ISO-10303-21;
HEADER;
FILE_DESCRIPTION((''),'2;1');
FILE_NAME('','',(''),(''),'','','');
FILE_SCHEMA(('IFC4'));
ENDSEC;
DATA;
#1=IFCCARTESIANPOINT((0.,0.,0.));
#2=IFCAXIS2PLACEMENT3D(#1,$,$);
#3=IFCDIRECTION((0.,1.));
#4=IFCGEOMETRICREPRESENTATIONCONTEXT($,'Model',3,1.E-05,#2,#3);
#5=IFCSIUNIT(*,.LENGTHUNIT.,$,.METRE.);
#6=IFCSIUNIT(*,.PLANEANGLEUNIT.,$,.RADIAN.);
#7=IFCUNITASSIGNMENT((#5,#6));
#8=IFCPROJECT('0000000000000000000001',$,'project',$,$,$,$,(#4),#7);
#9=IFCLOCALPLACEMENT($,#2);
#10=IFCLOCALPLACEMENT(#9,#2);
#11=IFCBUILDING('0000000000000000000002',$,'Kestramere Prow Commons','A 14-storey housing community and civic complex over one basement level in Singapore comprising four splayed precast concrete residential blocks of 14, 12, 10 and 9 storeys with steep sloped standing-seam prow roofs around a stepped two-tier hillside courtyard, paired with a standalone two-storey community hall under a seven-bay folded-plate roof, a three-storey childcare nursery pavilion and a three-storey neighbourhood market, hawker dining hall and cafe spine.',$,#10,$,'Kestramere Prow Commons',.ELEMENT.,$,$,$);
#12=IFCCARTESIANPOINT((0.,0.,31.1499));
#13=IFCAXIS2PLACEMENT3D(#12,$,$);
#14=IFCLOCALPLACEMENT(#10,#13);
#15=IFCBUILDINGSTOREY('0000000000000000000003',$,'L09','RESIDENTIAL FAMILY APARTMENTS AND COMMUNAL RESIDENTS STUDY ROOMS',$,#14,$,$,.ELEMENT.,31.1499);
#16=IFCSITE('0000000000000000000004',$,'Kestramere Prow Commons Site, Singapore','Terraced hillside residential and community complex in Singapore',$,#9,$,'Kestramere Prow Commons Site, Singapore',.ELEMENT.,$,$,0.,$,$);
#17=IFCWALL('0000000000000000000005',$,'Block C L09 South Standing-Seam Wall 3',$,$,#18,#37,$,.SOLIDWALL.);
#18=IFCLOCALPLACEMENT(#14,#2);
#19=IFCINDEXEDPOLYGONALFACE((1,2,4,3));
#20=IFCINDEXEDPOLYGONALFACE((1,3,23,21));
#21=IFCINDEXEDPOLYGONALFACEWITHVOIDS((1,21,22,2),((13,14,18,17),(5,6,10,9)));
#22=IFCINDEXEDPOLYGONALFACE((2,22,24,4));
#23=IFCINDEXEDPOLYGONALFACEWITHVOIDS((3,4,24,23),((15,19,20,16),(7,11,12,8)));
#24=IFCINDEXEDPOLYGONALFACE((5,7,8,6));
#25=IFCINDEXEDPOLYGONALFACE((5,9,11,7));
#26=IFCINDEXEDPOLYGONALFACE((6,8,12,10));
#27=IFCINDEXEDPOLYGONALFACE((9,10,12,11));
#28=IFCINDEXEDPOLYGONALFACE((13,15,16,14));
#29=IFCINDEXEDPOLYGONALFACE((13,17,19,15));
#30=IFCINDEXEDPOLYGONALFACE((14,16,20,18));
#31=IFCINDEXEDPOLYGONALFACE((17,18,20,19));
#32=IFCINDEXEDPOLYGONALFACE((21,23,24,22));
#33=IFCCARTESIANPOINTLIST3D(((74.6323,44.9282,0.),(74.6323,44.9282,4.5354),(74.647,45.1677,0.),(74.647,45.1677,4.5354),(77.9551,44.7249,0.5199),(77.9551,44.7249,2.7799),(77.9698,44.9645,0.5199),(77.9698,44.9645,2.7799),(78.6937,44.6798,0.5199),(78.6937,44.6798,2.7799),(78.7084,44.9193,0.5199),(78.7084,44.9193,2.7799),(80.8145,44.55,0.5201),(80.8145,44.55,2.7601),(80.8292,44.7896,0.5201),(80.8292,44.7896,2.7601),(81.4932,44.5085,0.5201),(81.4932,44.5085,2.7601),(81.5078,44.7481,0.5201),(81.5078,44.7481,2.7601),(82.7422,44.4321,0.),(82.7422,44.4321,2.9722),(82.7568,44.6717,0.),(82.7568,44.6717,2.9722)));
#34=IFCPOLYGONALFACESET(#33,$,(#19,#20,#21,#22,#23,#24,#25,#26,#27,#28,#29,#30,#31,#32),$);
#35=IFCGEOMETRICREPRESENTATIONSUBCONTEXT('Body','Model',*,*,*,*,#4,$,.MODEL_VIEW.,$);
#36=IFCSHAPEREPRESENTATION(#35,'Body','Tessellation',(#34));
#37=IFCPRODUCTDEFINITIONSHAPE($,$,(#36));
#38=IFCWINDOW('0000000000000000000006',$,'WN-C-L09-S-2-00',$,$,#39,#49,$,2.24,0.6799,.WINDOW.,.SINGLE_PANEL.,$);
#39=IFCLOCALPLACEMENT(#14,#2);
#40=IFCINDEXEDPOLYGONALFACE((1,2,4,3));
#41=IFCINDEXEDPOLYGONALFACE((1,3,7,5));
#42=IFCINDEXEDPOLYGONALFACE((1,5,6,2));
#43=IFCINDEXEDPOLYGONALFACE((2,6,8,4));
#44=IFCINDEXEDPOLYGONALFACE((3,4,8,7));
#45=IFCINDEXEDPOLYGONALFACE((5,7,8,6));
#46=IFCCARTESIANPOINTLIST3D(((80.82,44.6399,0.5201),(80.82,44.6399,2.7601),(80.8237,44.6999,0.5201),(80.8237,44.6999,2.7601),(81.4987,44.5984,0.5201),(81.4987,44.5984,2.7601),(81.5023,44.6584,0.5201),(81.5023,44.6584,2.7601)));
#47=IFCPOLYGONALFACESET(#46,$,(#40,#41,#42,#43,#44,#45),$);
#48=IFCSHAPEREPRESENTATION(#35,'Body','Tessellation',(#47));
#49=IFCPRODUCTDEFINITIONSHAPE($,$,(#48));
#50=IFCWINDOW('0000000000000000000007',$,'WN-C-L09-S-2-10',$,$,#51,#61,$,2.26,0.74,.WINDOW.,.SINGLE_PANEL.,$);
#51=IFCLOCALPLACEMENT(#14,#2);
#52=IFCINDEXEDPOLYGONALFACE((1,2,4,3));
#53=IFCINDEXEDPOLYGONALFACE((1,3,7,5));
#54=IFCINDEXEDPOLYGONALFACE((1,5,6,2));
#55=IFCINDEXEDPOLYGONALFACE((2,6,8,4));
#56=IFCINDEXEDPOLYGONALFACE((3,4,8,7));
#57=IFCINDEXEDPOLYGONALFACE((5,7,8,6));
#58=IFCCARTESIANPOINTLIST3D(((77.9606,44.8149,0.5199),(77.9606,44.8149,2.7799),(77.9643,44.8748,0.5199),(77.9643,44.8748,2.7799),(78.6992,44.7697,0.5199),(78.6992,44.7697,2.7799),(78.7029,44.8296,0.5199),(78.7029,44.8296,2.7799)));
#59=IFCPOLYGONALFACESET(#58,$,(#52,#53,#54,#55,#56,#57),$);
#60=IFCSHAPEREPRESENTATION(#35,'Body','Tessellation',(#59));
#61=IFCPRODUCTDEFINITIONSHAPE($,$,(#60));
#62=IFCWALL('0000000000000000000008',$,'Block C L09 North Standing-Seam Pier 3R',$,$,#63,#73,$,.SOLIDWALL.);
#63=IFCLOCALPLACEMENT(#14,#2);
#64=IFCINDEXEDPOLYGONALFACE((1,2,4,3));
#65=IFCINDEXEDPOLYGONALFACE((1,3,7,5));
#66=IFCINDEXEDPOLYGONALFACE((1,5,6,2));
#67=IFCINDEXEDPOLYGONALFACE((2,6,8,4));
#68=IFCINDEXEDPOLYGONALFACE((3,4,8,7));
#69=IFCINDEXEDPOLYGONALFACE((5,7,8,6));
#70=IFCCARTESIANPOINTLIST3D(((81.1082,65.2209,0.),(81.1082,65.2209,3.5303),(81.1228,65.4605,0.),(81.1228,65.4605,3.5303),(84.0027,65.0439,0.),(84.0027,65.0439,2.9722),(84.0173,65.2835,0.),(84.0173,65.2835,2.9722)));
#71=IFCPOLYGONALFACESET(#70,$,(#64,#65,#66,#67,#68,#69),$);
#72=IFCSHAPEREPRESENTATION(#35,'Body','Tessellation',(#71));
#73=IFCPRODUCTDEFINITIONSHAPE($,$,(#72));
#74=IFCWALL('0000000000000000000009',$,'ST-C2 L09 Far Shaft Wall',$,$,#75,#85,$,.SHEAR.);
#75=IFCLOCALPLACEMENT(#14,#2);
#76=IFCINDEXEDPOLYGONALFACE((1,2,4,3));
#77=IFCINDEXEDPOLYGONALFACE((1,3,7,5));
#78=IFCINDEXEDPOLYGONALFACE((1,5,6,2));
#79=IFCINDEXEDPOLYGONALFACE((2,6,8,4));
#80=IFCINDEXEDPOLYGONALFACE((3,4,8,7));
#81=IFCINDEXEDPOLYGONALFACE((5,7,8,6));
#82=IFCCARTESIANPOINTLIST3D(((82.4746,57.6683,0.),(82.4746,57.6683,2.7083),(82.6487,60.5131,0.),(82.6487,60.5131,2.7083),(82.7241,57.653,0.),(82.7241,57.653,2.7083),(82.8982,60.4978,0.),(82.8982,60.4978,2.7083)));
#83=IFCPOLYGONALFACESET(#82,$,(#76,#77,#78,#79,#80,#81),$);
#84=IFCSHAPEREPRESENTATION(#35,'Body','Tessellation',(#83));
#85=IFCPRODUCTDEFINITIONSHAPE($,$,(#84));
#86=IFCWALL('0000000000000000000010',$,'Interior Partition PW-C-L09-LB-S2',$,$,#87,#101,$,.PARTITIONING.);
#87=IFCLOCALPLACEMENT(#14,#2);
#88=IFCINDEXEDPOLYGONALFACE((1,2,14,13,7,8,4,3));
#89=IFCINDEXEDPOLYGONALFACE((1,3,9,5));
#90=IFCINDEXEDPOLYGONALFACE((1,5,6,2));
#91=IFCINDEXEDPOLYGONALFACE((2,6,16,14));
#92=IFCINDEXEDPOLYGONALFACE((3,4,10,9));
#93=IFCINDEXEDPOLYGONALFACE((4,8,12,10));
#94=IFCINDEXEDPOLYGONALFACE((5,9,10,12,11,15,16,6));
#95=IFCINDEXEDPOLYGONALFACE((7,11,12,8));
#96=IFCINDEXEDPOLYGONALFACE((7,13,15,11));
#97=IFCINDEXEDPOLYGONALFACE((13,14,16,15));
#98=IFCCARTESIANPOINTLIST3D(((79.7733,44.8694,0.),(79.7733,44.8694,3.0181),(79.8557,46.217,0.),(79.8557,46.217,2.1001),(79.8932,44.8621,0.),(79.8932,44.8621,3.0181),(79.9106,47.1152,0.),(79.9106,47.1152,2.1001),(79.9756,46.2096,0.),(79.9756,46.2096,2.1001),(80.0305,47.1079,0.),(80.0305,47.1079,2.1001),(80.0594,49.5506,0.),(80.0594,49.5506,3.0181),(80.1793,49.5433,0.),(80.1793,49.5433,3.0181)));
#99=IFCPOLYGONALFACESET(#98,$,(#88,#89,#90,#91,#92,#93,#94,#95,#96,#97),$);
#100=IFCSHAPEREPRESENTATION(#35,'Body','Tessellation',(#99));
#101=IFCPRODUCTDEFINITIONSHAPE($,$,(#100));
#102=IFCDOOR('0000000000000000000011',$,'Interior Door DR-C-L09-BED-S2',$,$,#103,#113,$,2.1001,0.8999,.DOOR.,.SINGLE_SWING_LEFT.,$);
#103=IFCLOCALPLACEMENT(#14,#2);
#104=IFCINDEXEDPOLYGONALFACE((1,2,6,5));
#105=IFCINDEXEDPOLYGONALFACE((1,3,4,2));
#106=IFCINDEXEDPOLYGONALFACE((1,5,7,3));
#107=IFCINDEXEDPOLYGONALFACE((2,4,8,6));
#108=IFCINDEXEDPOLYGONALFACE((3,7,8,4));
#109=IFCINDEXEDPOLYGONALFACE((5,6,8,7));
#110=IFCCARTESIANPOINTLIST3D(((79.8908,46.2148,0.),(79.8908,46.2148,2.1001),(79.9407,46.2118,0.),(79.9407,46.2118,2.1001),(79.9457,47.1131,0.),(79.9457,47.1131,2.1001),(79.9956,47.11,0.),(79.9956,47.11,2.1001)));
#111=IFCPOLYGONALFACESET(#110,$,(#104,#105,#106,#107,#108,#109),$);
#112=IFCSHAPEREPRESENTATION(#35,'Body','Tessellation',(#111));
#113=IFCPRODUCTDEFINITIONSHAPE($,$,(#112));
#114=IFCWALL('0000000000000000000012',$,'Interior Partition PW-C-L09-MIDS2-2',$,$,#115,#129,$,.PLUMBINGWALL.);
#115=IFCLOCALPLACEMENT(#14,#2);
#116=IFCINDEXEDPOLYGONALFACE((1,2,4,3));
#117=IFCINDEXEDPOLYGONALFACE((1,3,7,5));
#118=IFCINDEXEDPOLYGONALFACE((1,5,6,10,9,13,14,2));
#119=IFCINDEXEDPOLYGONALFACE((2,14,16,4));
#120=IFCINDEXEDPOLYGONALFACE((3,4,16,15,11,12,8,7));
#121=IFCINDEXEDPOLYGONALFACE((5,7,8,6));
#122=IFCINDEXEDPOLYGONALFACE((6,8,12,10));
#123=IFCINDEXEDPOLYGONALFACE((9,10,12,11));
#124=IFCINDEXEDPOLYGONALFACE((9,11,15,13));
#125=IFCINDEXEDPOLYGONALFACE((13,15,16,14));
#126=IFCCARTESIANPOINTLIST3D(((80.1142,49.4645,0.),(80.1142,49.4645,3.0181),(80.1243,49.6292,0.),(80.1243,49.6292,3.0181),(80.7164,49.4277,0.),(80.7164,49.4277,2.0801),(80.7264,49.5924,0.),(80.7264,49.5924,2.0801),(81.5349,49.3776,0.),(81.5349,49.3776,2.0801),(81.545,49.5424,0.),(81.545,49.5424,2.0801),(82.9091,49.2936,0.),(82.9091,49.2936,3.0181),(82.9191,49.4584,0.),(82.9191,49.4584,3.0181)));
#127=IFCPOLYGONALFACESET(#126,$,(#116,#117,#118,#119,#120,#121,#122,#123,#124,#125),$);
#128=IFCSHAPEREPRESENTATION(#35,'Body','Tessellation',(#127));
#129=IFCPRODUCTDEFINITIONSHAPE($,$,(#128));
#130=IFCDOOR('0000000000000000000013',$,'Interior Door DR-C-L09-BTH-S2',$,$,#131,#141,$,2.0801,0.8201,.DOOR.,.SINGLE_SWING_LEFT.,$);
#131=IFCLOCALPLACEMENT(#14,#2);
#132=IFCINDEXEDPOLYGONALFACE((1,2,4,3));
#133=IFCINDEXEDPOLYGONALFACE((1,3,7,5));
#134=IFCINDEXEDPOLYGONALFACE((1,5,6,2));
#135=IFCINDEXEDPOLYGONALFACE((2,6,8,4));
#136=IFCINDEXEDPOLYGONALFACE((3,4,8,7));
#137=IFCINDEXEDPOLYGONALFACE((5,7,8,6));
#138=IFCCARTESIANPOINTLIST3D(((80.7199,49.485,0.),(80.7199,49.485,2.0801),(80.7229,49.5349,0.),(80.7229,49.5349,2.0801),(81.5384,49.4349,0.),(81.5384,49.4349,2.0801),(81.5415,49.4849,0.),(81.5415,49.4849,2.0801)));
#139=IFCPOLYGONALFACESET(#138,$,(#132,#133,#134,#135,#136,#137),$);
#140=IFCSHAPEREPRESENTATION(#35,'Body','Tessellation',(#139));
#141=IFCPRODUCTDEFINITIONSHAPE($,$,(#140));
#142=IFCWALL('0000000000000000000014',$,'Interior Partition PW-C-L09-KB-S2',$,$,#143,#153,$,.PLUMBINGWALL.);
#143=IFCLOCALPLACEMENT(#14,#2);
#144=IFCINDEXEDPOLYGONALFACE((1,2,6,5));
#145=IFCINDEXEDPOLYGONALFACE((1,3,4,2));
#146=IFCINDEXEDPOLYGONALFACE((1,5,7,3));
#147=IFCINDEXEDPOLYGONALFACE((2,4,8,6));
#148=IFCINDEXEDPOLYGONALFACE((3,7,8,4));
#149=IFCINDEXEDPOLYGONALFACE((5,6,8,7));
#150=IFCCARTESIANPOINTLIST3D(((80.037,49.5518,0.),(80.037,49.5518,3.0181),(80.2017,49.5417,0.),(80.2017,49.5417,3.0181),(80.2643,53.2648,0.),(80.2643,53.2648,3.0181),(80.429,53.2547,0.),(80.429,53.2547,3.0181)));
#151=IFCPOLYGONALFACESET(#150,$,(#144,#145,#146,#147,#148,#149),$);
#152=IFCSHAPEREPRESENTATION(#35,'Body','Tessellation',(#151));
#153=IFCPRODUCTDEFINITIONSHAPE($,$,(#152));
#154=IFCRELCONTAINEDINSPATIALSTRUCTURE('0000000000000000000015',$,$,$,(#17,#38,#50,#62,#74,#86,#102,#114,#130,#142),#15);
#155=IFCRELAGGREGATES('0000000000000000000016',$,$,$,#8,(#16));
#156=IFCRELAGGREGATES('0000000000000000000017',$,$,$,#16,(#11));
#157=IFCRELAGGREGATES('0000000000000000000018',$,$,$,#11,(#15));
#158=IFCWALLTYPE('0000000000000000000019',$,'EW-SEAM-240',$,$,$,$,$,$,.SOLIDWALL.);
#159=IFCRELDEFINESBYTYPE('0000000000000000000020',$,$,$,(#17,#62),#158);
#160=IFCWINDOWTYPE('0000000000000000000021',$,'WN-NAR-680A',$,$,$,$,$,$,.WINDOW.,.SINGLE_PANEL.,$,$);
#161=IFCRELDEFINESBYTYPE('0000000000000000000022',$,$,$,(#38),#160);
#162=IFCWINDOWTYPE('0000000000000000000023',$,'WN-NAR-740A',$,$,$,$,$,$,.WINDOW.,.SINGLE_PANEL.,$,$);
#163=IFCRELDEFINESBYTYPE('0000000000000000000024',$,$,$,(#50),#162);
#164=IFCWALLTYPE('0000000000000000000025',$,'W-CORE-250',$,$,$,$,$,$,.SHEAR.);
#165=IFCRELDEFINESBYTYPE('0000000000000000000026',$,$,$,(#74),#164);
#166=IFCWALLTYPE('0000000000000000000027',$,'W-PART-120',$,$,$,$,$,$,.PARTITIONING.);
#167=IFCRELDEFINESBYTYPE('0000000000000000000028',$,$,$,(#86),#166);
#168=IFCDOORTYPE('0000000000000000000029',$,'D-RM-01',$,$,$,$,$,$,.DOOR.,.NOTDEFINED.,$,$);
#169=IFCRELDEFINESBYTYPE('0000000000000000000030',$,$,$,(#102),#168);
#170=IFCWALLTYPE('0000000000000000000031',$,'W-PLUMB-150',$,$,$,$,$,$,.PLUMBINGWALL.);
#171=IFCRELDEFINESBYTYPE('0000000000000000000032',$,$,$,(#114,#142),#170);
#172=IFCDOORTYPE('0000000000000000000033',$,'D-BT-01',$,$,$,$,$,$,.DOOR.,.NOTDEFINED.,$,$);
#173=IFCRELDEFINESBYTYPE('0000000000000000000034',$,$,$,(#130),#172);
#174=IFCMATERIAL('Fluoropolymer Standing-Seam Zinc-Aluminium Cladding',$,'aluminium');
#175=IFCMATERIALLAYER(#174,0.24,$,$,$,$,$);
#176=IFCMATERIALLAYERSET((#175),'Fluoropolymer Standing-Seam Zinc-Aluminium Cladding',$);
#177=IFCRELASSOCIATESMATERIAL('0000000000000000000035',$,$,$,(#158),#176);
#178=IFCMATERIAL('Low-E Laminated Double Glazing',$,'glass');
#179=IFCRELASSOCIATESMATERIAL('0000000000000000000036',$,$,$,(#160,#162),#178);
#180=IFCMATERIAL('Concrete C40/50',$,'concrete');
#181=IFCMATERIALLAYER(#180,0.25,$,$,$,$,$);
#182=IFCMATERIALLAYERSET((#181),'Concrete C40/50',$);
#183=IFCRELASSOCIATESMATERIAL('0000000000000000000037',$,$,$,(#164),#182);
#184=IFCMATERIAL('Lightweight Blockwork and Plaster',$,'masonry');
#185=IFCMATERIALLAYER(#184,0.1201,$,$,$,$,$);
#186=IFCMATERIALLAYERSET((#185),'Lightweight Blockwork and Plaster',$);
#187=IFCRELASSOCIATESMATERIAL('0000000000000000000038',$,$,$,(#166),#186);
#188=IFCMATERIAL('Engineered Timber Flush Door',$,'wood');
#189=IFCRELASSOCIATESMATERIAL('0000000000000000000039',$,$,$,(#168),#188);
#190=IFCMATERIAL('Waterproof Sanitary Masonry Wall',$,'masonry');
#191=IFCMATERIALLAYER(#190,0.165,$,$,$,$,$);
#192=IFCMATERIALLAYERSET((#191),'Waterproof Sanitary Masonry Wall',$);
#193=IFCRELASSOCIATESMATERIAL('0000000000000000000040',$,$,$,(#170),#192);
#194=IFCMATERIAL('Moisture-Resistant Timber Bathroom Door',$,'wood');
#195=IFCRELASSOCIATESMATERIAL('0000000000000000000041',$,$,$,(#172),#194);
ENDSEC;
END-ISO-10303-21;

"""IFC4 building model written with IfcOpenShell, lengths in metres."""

from ifc_helpers import new_model, si_unit, direction, frame, frame_2d, origin, place, context, subcontext, project, spatial, polyline, rectangle, outline, extrude, material, layer, layer_set, type_object, element, fill, save


model = new_model("IFC4")

# Units and contexts
model_context = context("Model", 3, precision=1e-05, world=origin(), true_north=direction((0.0, 1.0)))
body_context = subcontext(model_context, "Body", "Model", "MODEL_VIEW")
ifc_project = project(units=[si_unit("LENGTHUNIT", "METRE"), si_unit("PLANEANGLEUNIT", "RADIAN")], contexts=[model_context])

# Site, building, storey
site_placement = place(None, origin())
site = spatial("IfcSite", under=ifc_project, at=site_placement, Name="Kestramere Prow Commons Site, Singapore", Description="Terraced hillside residential and community complex in Singapore", LongName="Kestramere Prow Commons Site, Singapore", CompositionType="ELEMENT", RefElevation=0.0)
building_placement = place(site_placement, origin())
building = spatial("IfcBuilding", under=site, at=building_placement, Name="Kestramere Prow Commons", Description="A 14-storey housing community and civic complex over one basement level in Singapore comprising four splayed precast concrete residential blocks of 14, 12, 10 and 9 storeys with steep sloped standing-seam prow roofs around a stepped two-tier hillside courtyard, paired with a standalone two-storey community hall under a seven-bay folded-plate roof, a three-storey childcare nursery pavilion and a three-storey neighbourhood market, hawker dining hall and cafe spine.", LongName="Kestramere Prow Commons", CompositionType="ELEMENT")
storey_placement = place(building_placement, frame((0.0, 0.0, 31.1499)))
storey = spatial("IfcBuildingStorey", under=building, at=storey_placement, Name="L09", Description="RESIDENTIAL FAMILY APARTMENTS AND COMMUNAL RESIDENTS STUDY ROOMS", CompositionType="ELEMENT", Elevation=31.1499)

# Shared definitions
ifc_material_1 = material(Name="Low-E Laminated Double Glazing", Category="glass")

# Wall, openings, windows
ifc_material_2 = material(Name="Fluoropolymer Standing-Seam Zinc-Aluminium Cladding", Category="aluminium")
ifc_layer_1 = layer(ifc_material_2, 0.24)
ifc_layer_set_1 = layer_set([ifc_layer_1], Name="Fluoropolymer Standing-Seam Zinc-Aluminium Cladding")
wall_type_1 = type_object("IfcWallType", Name="EW-SEAM-240", PredefinedType="SOLIDWALL", material=ifc_layer_set_1)
wall_1_placement = place(storey_placement, frame((82.7495, 44.552, 0.0), z_axis=(0.0, 0.0, 1.0), x_axis=(-0.998134, 0.061058, 0.0)))
wall_1 = element("IfcWall", 1, at=wall_1_placement, inside=storey, type_object=wall_type_1, Name="Block C L09 South Standing-Seam Wall 3", PredefinedType="SOLIDWALL", context=body_context, shape_type="SweptSolid", body=[
    extrude(outline(polyline([(0.0, 0.0), (8.125, 0.0), (8.125, 4.5354), (0.0, 2.9722), (0.0, 0.0)])), frame((0.0, 0.1201, 0.0), z_axis=(0.0, -1.0, 0.0), x_axis=(1.0, 0.0, 0.0)), (0.0, 0.0, 1.0), 0.24),
])
opening_1_placement = place(wall_1_placement, frame((1.2515, 0.0, 0.52)))
opening_1 = element("IfcOpeningElement", 2, at=opening_1_placement, cuts=wall_1, PredefinedType="OPENING", context=body_context, shape_type="SweptSolid", body=[
    extrude(rectangle(XDim=0.6799, YDim=2.24, at=frame_2d((0.3398, 1.1201))), frame((0.0, 0.135, 0.0), z_axis=(0.0, -1.0, 0.0), x_axis=(1.0, 0.0, 0.0)), (0.0, 0.0, 1.0), 0.27),
])
opening_2_placement = place(wall_1_placement, frame((4.0559, 0.0, 0.52)))
opening_2 = element("IfcOpeningElement", 3, at=opening_2_placement, cuts=wall_1, PredefinedType="OPENING", context=body_context, shape_type="SweptSolid", body=[
    extrude(rectangle(XDim=0.74, YDim=2.26, at=frame_2d((0.3701, 1.1299))), frame((0.0, 0.135, 0.0), z_axis=(0.0, -1.0, 0.0), x_axis=(1.0, 0.0, 0.0)), (0.0, 0.0, 1.0), 0.27),
])
window_type_1 = type_object("IfcWindowType", Name="WN-NAR-680A", PartitioningType="SINGLE_PANEL", PredefinedType="WINDOW", material=ifc_material_1)
window_1_placement = place(opening_1_placement, origin())
window_1 = element("IfcWindow", 4, at=window_1_placement, inside=storey, type_object=window_type_1, Name="WN-C-L09-S-2-00", OverallHeight=2.24, OverallWidth=0.6799, PartitioningType="SINGLE_PANEL", PredefinedType="WINDOW", context=body_context, shape_type="SweptSolid", body=[
    extrude(rectangle(XDim=0.6799, YDim=2.24, at=frame_2d((0.3398, 1.1201))), frame((0.0, 0.03, 0.0), z_axis=(0.0, -1.0, 0.0), x_axis=(1.0, 0.0, 0.0)), (0.0, 0.0, 1.0), 0.0601),
])
fill(opening_1, window_1)
window_type_2 = type_object("IfcWindowType", Name="WN-NAR-740A", PartitioningType="SINGLE_PANEL", PredefinedType="WINDOW", material=ifc_material_1)
window_2_placement = place(opening_2_placement, origin())
window_2 = element("IfcWindow", 5, at=window_2_placement, inside=storey, type_object=window_type_2, Name="WN-C-L09-S-2-10", OverallHeight=2.26, OverallWidth=0.74, PartitioningType="SINGLE_PANEL", PredefinedType="WINDOW", context=body_context, shape_type="SweptSolid", body=[
    extrude(rectangle(XDim=0.74, YDim=2.26, at=frame_2d((0.3701, 1.1299))), frame((0.0, 0.03, 0.0), z_axis=(0.0, -1.0, 0.0), x_axis=(1.0, 0.0, 0.0)), (0.0, 0.0, 1.0), 0.0601),
])
fill(opening_2, window_2)

# Walls
wall_2_placement = place(storey_placement, frame((81.1155, 65.3406, 0.0), z_axis=(0.0, 0.0, 1.0), x_axis=(0.998136, -0.061036, 0.0)))
element("IfcWall", 6, at=wall_2_placement, inside=storey, type_object=wall_type_1, Name="Block C L09 North Standing-Seam Pier 3R", PredefinedType="SOLIDWALL", context=body_context, shape_type="SweptSolid", body=[
    extrude(outline(polyline([(0.0, 0.0), (2.8999, 0.0), (2.8999, 2.9722), (0.0, 3.5303), (0.0, 0.0)])), frame((0.0, 0.1201, 0.0), z_axis=(0.0, -1.0, 0.0), x_axis=(1.0, 0.0, 0.0)), (0.0, 0.0, 1.0), 0.24),
])
ifc_material_3 = material(Name="Concrete C40/50", Category="concrete")
ifc_layer_2 = layer(ifc_material_3, 0.25)
ifc_layer_set_2 = layer_set([ifc_layer_2], Name="Concrete C40/50")
wall_type_2 = type_object("IfcWallType", Name="W-CORE-250", PredefinedType="SHEAR", material=ifc_layer_set_2)
wall_3_placement = place(storey_placement, frame((82.5994, 57.6606, 0.0), z_axis=(0.0, 0.0, 1.0), x_axis=(0.061077, 0.998133, 0.0)))
element("IfcWall", 7, at=wall_3_placement, inside=storey, type_object=wall_type_2, Name="ST-C2 L09 Far Shaft Wall", PredefinedType="SHEAR", context=body_context, shape_type="SweptSolid", body=[
    extrude(rectangle(XDim=2.8501, YDim=0.25, at=frame_2d((1.425, 0.0))), origin(), (0.0, 0.0, 1.0), 2.7083),
])

# Walls, openings, doors
ifc_material_4 = material(Name="Lightweight Blockwork and Plaster", Category="masonry")
ifc_layer_3 = layer(ifc_material_4, 0.1201)
ifc_layer_set_3 = layer_set([ifc_layer_3], Name="Lightweight Blockwork and Plaster")
wall_type_3 = type_object("IfcWallType", Name="W-PART-120", PredefinedType="PARTITIONING", material=ifc_layer_set_3)
wall_4_placement = place(storey_placement, frame((79.8333, 44.8657, 0.0), z_axis=(0.0, 0.0, 1.0), x_axis=(0.061011, 0.998137, 0.0)))
wall_4 = element("IfcWall", 8, at=wall_4_placement, inside=storey, type_object=wall_type_3, Name="Interior Partition PW-C-L09-LB-S2", PredefinedType="PARTITIONING", context=body_context, shape_type="SweptSolid", body=[
    extrude(rectangle(XDim=4.6899, YDim=0.1201, at=frame_2d((2.345, 0.0))), origin(), (0.0, 0.0, 1.0), 3.0181),
])
opening_3_placement = place(wall_4_placement, frame((1.3501, 0.0, 0.0)))
opening_3 = element("IfcOpeningElement", 9, at=opening_3_placement, cuts=wall_4, PredefinedType="OPENING", context=body_context, shape_type="SweptSolid", body=[
    extrude(rectangle(XDim=0.8999, YDim=2.1001, at=frame_2d((0.45, 1.05))), frame((0.0, 0.075, 0.0), z_axis=(0.0, -1.0, 0.0), x_axis=(1.0, 0.0, 0.0)), (0.0, 0.0, 1.0), 0.1501),
])
ifc_material_5 = material(Name="Engineered Timber Flush Door", Category="wood")
door_type_1 = type_object("IfcDoorType", Name="D-RM-01", OperationType="NOTDEFINED", PredefinedType="DOOR", material=ifc_material_5)
door_1_placement = place(opening_3_placement, origin())
door_1 = element("IfcDoor", 10, at=door_1_placement, inside=storey, type_object=door_type_1, Name="Interior Door DR-C-L09-BED-S2", OperationType="SINGLE_SWING_LEFT", OverallHeight=2.1001, OverallWidth=0.8999, PredefinedType="DOOR", context=body_context, shape_type="SweptSolid", body=[
    extrude(rectangle(XDim=0.8999, YDim=2.1001, at=frame_2d((0.45, 1.05))), frame((0.0, 0.0249, 0.0), z_axis=(0.0, -1.0, 0.0), x_axis=(1.0, 0.0, 0.0)), (0.0, 0.0, 1.0), 0.05),
])
fill(opening_3, door_1)
ifc_material_6 = material(Name="Waterproof Sanitary Masonry Wall", Category="masonry")
ifc_layer_4 = layer(ifc_material_6, 0.165)
ifc_layer_set_4 = layer_set([ifc_layer_4], Name="Waterproof Sanitary Masonry Wall")
wall_type_4 = type_object("IfcWallType", Name="W-PLUMB-150", PredefinedType="PLUMBINGWALL", material=ifc_layer_set_4)
wall_5_placement = place(storey_placement, frame((80.1194, 49.5469, 0.0), z_axis=(0.0, 0.0, 1.0), x_axis=(0.998136, -0.061032, 0.0)))
wall_5 = element("IfcWall", 11, at=wall_5_placement, inside=storey, type_object=wall_type_4, Name="Interior Partition PW-C-L09-MIDS2-2", PredefinedType="PLUMBINGWALL", context=body_context, shape_type="SweptSolid", body=[
    extrude(rectangle(XDim=2.8, YDim=0.165, at=frame_2d((1.3999, 0.0))), origin(), (0.0, 0.0, 1.0), 3.0181),
])
opening_4_placement = place(wall_5_placement, frame((0.603, 0.0, 0.0)))
opening_4 = element("IfcOpeningElement", 12, at=opening_4_placement, cuts=wall_5, PredefinedType="OPENING", context=body_context, shape_type="SweptSolid", body=[
    extrude(rectangle(XDim=0.8201, YDim=2.0801, at=frame_2d((0.4102, 1.04))), frame((0.0, 0.0974, 0.0), z_axis=(0.0, -1.0, 0.0), x_axis=(1.0, 0.0, 0.0)), (0.0, 0.0, 1.0), 0.1951),
])
ifc_material_7 = material(Name="Moisture-Resistant Timber Bathroom Door", Category="wood")
door_type_2 = type_object("IfcDoorType", Name="D-BT-01", OperationType="NOTDEFINED", PredefinedType="DOOR", material=ifc_material_7)
door_2_placement = place(opening_4_placement, origin())
door_2 = element("IfcDoor", 13, at=door_2_placement, inside=storey, type_object=door_type_2, Name="Interior Door DR-C-L09-BTH-S2", OperationType="SINGLE_SWING_LEFT", OverallHeight=2.0801, OverallWidth=0.8201, PredefinedType="DOOR", context=body_context, shape_type="SweptSolid", body=[
    extrude(rectangle(XDim=0.8201, YDim=2.0801, at=frame_2d((0.4102, 1.04))), frame((0.0, 0.0249, 0.0), z_axis=(0.0, -1.0, 0.0), x_axis=(1.0, 0.0, 0.0)), (0.0, 0.0, 1.0), 0.05),
])
fill(opening_4, door_2)

# Wall
wall_6_placement = place(storey_placement, frame((80.1194, 49.5469, 0.0), z_axis=(0.0, 0.0, 1.0), x_axis=(0.061099, 0.998132, 0.0)))
element("IfcWall", 14, at=wall_6_placement, inside=storey, type_object=wall_type_4, Name="Interior Partition PW-C-L09-KB-S2", PredefinedType="PLUMBINGWALL", context=body_context, shape_type="SweptSolid", body=[
    extrude(rectangle(XDim=3.72, YDim=0.165, at=frame_2d((1.8599, 0.0))), origin(), (0.0, 0.0, 1.0), 3.0181),
])

save(model, "model.ifc")
